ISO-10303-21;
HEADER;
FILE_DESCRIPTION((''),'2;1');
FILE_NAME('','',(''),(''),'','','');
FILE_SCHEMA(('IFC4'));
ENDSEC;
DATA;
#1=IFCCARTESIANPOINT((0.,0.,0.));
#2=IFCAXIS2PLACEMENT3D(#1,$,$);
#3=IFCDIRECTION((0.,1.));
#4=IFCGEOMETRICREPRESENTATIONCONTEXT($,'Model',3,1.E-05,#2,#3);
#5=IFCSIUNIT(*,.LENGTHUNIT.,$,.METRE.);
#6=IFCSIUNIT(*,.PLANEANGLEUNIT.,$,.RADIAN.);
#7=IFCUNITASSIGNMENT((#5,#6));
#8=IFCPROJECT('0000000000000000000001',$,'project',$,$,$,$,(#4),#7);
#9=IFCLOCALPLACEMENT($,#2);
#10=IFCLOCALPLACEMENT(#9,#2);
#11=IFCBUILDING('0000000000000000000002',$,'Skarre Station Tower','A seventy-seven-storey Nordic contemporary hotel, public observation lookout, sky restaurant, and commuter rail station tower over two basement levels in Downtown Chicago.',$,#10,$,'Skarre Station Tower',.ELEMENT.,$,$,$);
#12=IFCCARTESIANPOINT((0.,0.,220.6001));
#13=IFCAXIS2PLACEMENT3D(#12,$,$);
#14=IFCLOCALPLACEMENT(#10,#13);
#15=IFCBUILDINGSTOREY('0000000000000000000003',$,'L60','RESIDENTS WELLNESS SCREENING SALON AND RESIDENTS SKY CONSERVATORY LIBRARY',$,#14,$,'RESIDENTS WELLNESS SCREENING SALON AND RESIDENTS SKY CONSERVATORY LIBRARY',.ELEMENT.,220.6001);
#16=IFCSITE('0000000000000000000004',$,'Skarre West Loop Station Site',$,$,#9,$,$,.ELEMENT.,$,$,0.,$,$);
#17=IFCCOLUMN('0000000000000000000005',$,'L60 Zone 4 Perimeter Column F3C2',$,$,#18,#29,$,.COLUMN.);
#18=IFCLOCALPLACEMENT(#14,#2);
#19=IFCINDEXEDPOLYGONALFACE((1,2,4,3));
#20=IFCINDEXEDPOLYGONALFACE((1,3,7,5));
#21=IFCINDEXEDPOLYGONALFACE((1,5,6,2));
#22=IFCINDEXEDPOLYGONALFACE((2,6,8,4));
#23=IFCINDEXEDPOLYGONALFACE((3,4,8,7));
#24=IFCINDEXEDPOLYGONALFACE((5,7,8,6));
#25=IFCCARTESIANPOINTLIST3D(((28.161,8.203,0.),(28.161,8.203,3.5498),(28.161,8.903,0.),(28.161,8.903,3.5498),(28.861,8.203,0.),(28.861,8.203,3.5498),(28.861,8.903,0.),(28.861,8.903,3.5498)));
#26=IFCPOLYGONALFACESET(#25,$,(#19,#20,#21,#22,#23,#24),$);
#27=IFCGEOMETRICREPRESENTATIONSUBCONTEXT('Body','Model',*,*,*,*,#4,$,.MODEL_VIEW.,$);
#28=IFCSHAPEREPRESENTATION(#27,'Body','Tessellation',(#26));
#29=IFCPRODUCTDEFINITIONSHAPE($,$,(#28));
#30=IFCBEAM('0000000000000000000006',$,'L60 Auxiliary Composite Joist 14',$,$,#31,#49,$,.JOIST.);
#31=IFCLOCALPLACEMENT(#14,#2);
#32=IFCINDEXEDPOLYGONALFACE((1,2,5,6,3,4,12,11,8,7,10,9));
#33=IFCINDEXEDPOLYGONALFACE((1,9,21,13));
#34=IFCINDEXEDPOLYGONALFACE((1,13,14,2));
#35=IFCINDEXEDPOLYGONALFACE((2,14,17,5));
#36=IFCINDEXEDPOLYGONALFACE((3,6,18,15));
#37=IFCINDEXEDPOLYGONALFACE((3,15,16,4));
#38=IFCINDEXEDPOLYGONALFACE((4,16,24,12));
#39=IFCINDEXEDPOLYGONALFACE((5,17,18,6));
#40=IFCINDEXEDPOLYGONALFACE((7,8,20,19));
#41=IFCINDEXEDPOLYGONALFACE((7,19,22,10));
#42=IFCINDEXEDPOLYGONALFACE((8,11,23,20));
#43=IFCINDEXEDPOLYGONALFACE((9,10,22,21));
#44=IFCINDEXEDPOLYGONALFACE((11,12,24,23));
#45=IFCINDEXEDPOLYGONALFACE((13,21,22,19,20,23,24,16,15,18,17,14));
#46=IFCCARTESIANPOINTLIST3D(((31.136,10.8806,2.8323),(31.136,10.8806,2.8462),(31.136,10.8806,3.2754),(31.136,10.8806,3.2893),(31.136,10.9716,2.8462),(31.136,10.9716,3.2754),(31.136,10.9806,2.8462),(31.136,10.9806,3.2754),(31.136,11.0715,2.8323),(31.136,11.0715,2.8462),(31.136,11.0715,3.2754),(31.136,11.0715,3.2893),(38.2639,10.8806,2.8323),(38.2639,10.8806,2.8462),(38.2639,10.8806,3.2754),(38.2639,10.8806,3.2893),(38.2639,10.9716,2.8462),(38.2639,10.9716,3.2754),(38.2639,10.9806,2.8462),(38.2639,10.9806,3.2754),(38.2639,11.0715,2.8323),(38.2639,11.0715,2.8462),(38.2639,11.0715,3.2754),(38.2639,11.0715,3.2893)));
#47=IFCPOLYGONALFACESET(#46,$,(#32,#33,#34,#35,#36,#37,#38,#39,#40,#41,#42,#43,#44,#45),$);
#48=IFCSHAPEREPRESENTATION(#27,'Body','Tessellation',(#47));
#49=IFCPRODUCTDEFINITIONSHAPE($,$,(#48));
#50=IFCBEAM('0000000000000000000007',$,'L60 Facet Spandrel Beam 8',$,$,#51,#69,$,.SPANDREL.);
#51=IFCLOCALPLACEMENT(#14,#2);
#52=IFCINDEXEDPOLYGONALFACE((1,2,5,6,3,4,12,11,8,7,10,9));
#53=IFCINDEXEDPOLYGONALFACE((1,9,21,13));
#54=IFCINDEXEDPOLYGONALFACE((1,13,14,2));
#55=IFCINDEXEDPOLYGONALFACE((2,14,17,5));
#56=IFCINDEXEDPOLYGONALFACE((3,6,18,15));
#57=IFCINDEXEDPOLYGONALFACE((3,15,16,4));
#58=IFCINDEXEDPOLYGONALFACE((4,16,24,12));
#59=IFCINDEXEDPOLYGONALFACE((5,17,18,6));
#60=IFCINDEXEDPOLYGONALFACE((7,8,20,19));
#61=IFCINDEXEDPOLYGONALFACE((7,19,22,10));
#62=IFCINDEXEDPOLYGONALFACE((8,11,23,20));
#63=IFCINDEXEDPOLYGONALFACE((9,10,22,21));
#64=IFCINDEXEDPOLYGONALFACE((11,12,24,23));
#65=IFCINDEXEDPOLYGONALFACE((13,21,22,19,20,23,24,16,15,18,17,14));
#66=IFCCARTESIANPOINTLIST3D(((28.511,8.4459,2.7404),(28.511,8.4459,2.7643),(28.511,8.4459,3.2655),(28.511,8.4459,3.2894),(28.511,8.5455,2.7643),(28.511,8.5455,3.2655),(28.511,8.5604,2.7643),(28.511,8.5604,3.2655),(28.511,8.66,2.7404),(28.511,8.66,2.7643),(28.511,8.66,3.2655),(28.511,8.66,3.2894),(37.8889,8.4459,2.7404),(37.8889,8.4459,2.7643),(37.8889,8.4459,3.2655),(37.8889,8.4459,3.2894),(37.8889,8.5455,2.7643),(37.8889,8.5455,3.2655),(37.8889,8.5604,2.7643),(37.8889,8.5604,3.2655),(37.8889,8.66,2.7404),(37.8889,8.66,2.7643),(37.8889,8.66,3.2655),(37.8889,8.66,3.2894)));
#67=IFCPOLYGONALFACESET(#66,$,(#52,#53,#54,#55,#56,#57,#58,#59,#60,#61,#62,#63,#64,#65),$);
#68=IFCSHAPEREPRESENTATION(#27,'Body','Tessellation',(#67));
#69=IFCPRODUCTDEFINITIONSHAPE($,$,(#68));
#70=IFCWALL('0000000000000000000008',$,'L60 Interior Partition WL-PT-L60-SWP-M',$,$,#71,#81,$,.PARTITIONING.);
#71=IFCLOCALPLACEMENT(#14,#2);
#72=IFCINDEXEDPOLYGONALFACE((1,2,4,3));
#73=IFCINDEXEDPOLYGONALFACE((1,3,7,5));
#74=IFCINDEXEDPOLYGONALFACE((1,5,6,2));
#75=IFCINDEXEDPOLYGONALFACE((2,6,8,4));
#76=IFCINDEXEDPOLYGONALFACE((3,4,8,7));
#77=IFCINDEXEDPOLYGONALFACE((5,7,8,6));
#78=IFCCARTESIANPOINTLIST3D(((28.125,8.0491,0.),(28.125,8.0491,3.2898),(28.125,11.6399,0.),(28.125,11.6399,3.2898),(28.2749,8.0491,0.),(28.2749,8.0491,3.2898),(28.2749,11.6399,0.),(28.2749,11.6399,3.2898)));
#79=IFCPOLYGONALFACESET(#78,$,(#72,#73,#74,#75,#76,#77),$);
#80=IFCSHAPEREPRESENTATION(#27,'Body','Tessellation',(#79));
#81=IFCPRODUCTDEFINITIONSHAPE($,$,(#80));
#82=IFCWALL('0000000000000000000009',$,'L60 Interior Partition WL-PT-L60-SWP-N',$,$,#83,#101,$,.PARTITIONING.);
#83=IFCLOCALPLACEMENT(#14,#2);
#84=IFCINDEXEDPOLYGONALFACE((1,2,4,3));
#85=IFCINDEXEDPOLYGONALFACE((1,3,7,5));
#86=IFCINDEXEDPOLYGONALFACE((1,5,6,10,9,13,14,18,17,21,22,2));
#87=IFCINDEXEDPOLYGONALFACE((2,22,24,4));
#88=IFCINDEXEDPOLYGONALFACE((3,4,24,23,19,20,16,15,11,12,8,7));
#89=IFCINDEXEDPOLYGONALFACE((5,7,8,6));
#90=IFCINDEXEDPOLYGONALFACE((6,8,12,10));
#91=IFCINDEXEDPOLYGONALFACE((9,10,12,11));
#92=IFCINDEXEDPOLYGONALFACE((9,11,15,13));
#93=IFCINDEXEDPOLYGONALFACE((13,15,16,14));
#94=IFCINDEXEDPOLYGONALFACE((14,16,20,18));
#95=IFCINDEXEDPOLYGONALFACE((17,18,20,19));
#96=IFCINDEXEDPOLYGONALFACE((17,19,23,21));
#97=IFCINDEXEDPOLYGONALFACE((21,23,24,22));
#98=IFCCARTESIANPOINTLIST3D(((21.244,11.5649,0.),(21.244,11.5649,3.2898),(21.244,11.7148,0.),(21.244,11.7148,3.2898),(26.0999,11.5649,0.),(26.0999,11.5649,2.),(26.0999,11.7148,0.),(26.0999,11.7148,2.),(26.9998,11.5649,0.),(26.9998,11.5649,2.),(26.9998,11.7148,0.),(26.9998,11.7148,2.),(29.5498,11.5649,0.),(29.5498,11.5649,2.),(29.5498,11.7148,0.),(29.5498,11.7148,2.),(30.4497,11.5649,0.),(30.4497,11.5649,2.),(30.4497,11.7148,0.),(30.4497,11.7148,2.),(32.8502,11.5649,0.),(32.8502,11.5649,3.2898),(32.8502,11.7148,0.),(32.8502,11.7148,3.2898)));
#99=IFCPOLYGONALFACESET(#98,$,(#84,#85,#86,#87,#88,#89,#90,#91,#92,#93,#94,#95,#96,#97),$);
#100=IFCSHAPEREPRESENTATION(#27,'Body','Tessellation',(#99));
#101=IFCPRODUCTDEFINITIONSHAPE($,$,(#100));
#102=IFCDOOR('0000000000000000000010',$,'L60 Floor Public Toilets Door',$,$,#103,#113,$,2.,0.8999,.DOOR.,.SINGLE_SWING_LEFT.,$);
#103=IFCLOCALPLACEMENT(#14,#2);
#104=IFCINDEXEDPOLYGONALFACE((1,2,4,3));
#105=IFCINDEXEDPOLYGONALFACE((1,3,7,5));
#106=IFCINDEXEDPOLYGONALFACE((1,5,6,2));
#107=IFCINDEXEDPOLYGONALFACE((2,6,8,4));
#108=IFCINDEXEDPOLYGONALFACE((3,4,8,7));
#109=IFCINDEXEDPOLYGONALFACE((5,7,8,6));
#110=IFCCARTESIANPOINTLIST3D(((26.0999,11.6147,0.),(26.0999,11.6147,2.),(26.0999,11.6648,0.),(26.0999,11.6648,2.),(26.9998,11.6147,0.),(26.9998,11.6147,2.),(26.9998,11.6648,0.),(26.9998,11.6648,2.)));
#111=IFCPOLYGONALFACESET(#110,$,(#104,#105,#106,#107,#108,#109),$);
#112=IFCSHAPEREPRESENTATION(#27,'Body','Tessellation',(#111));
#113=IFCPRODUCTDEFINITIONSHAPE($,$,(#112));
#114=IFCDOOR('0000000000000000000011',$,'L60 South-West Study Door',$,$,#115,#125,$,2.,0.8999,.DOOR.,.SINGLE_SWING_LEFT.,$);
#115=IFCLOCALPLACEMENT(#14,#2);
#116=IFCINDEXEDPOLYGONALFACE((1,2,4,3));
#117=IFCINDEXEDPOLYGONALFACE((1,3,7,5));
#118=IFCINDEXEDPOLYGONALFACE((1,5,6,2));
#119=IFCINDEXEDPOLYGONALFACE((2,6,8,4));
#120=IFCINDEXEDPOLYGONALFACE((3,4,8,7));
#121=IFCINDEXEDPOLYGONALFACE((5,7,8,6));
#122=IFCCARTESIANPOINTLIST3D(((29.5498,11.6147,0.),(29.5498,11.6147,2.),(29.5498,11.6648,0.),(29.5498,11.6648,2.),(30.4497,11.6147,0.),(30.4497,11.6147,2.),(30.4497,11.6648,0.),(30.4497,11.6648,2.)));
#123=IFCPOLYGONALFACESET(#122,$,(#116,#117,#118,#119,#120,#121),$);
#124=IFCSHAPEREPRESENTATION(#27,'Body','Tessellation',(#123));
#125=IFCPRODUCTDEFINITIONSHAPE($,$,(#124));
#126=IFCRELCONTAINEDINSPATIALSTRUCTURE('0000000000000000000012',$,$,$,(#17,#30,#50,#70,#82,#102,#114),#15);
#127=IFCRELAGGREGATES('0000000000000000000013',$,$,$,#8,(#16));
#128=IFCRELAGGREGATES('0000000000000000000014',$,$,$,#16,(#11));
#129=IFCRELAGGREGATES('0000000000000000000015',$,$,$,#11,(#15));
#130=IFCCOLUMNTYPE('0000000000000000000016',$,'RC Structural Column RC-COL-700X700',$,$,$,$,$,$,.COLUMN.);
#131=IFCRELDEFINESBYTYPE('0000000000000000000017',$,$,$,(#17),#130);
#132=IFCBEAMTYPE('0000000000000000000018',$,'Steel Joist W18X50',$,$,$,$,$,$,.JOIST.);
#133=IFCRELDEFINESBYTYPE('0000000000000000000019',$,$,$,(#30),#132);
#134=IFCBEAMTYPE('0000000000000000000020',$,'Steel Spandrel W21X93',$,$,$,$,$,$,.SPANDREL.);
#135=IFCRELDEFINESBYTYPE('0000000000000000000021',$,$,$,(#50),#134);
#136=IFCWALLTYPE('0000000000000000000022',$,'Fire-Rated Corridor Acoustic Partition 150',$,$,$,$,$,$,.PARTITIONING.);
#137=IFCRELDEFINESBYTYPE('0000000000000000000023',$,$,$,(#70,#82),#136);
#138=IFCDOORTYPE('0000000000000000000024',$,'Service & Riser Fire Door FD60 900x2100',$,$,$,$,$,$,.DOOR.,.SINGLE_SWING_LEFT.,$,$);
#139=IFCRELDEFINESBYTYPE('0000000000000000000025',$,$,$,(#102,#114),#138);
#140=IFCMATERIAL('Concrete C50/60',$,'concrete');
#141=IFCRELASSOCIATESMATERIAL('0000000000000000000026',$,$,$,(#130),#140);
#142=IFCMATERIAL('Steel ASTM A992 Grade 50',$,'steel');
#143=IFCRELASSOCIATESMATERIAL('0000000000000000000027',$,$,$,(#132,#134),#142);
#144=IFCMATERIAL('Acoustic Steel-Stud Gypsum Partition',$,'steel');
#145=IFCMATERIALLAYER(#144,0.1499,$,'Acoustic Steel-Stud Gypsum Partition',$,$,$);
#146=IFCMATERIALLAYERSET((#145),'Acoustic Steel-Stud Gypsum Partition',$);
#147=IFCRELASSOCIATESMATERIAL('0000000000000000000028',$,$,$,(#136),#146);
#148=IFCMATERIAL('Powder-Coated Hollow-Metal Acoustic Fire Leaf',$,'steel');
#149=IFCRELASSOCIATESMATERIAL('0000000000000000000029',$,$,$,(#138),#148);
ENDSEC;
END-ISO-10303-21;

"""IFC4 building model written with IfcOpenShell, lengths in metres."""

from ifc_helpers import new_model, si_unit, direction, frame, frame_2d, origin, origin_2d, place, context, subcontext, project, spatial, rectangle, i_section, extrude, material, layer, layer_set, material_profile, profile_set, type_object, element, fill, save


model = new_model("IFC4")

# Units and contexts
model_context = context("Model", 3, precision=1e-05, world=origin(), true_north=direction((0.0, 1.0)))
body_context = subcontext(model_context, "Body", "Model", "MODEL_VIEW")
ifc_project = project(units=[si_unit("LENGTHUNIT", "METRE"), si_unit("PLANEANGLEUNIT", "RADIAN")], contexts=[model_context])

# Site, building, storey
site_placement = place(None, origin())
site = spatial("IfcSite", under=ifc_project, at=site_placement, Name="Skarre West Loop Station Site", CompositionType="ELEMENT", RefElevation=0.0)
building_placement = place(site_placement, origin())
building = spatial("IfcBuilding", under=site, at=building_placement, Name="Skarre Station Tower", Description="A seventy-seven-storey Nordic contemporary hotel, public observation lookout, sky restaurant, and commuter rail station tower over two basement levels in Downtown Chicago.", LongName="Skarre Station Tower", CompositionType="ELEMENT")
storey_placement = place(building_placement, frame((0.0, 0.0, 220.6001)))
storey = spatial("IfcBuildingStorey", under=building, at=storey_placement, Name="L60", Description="RESIDENTS WELLNESS SCREENING SALON AND RESIDENTS SKY CONSERVATORY LIBRARY", LongName="RESIDENTS WELLNESS SCREENING SALON AND RESIDENTS SKY CONSERVATORY LIBRARY", CompositionType="ELEMENT", Elevation=220.6001)

# Column
ifc_material_1 = material(Name="Concrete C50/60", Category="concrete")
ifc_material_profile_1 = material_profile(ifc_material_1, rectangle(XDim=0.7, YDim=0.7, at=origin_2d()), Name="Concrete C50/60")
ifc_profile_set_1 = profile_set([ifc_material_profile_1], Name="Concrete C50/60")
column_type = type_object("IfcColumnType", Name="RC Structural Column RC-COL-700X700", PredefinedType="COLUMN", material=ifc_profile_set_1)
column_placement = place(storey_placement, frame((28.511, 8.553, 0.0), z_axis=(0.0, 0.0, 1.0), x_axis=(1.0, 0.0, 0.0)))
element("IfcColumn", 1, at=column_placement, inside=storey, type_object=column_type, Name="L60 Zone 4 Perimeter Column F3C2", PredefinedType="COLUMN", context=body_context, shape_type="SweptSolid", body=[
    extrude(rectangle(XDim=0.7, YDim=0.7, at=origin_2d()), origin(), (0.0, 0.0, 1.0), 3.5498),
])

# Beams
ifc_material_2 = material(Name="Steel ASTM A992 Grade 50", Category="steel")
ifc_material_profile_2 = material_profile(ifc_material_2, i_section(OverallWidth=0.1909, OverallDepth=0.457, WebThickness=0.009, FlangeThickness=0.0139, at=origin_2d()), Name="Steel ASTM A992 Grade 50")
ifc_profile_set_2 = profile_set([ifc_material_profile_2], Name="Steel ASTM A992 Grade 50")
beam_type_1 = type_object("IfcBeamType", Name="Steel Joist W18X50", PredefinedType="JOIST", material=ifc_profile_set_2)
beam_1_placement = place(storey_placement, frame((31.136, 10.9761, 3.0608), z_axis=(1.0, 0.0, 0.0), x_axis=(0.0, 1.0, 0.0)))
element("IfcBeam", 2, at=beam_1_placement, inside=storey, type_object=beam_type_1, Name="L60 Auxiliary Composite Joist 14", PredefinedType="JOIST", context=body_context, shape_type="SweptSolid", body=[
    extrude(i_section(OverallWidth=0.1909, OverallDepth=0.457, WebThickness=0.009, FlangeThickness=0.0139, at=origin_2d()), origin(), (0.0, 0.0, 1.0), 7.1279),
])
ifc_material_profile_3 = material_profile(ifc_material_2, i_section(OverallWidth=0.2141, OverallDepth=0.5491, WebThickness=0.0149, FlangeThickness=0.0239, at=origin_2d()), Name="Steel ASTM A992 Grade 50")
ifc_profile_set_3 = profile_set([ifc_material_profile_3], Name="Steel ASTM A992 Grade 50")
beam_type_2 = type_object("IfcBeamType", Name="Steel Spandrel W21X93", PredefinedType="SPANDREL", material=ifc_profile_set_3)
beam_2_placement = place(storey_placement, frame((28.511, 8.553, 3.0149), z_axis=(1.0, 0.0, 0.0), x_axis=(0.0, 1.0, 0.0)))
element("IfcBeam", 3, at=beam_2_placement, inside=storey, type_object=beam_type_2, Name="L60 Facet Spandrel Beam 8", PredefinedType="SPANDREL", context=body_context, shape_type="SweptSolid", body=[
    extrude(i_section(OverallWidth=0.2141, OverallDepth=0.5491, WebThickness=0.0149, FlangeThickness=0.0239, at=origin_2d()), origin(), (0.0, 0.0, 1.0), 9.3779),
])

# Wall
ifc_material_3 = material(Name="Acoustic Steel-Stud Gypsum Partition", Category="steel")
ifc_layer_1 = layer(ifc_material_3, 0.1499, Name="Acoustic Steel-Stud Gypsum Partition")
ifc_layer_set_1 = layer_set([ifc_layer_1], Name="Acoustic Steel-Stud Gypsum Partition")
wall_type_1 = type_object("IfcWallType", Name="Fire-Rated Corridor Acoustic Partition 150", PredefinedType="PARTITIONING", material=ifc_layer_set_1)
wall_1_placement = place(storey_placement, frame((28.2, 8.0491, 0.0), z_axis=(0.0, 0.0, 1.0), x_axis=(0.0, 1.0, 0.0)))
element("IfcWall", 4, at=wall_1_placement, inside=storey, type_object=wall_type_1, Name="L60 Interior Partition WL-PT-L60-SWP-M", PredefinedType="PARTITIONING", context=body_context, shape_type="SweptSolid", body=[
    extrude(rectangle(XDim=3.5908, YDim=0.1499, at=frame_2d((1.7954, 0.0))), origin(), (0.0, 0.0, 1.0), 3.2898),
])

# Wall, openings, doors
wall_2_placement = place(storey_placement, frame((21.2439, 11.6399, 0.0), z_axis=(0.0, 0.0, 1.0), x_axis=(1.0, 0.0, 0.0)))
wall_2 = element("IfcWall", 5, at=wall_2_placement, inside=storey, type_object=wall_type_1, Name="L60 Interior Partition WL-PT-L60-SWP-N", PredefinedType="PARTITIONING", context=body_context, shape_type="SweptSolid", body=[
    extrude(rectangle(XDim=11.6062, YDim=0.1499, at=frame_2d((5.8032, 0.0))), origin(), (0.0, 0.0, 1.0), 3.2898),
])
opening_1_placement = place(wall_2_placement, frame((4.856, 0.0, 0.0)))
opening_1 = element("IfcOpeningElement", 6, at=opening_1_placement, cuts=wall_2, PredefinedType="OPENING", context=body_context, shape_type="SweptSolid", body=[
    extrude(rectangle(XDim=0.8999, YDim=2.0, at=frame_2d((0.45, 1.0))), frame((0.0, 0.085, 0.0), z_axis=(0.0, -1.0, 0.0), x_axis=(1.0, 0.0, 0.0)), (0.0, 0.0, 1.0), 0.1699),
])
opening_2_placement = place(wall_2_placement, frame((8.3059, 0.0, 0.0)))
opening_2 = element("IfcOpeningElement", 7, at=opening_2_placement, cuts=wall_2, PredefinedType="OPENING", context=body_context, shape_type="SweptSolid", body=[
    extrude(rectangle(XDim=0.8999, YDim=2.0, at=frame_2d((0.45, 1.0))), frame((0.0, 0.085, 0.0), z_axis=(0.0, -1.0, 0.0), x_axis=(1.0, 0.0, 0.0)), (0.0, 0.0, 1.0), 0.1699),
])
ifc_material_4 = material(Name="Powder-Coated Hollow-Metal Acoustic Fire Leaf", Category="steel")
door_type = type_object("IfcDoorType", Name="Service & Riser Fire Door FD60 900x2100", OperationType="SINGLE_SWING_LEFT", PredefinedType="DOOR", material=ifc_material_4)
door_1_placement = place(opening_1_placement, origin())
door_1 = element("IfcDoor", 8, at=door_1_placement, inside=storey, type_object=door_type, Name="L60 Floor Public Toilets Door", OperationType="SINGLE_SWING_LEFT", OverallHeight=2.0, OverallWidth=0.8999, PredefinedType="DOOR", context=body_context, shape_type="SweptSolid", body=[
    extrude(rectangle(XDim=0.8999, YDim=2.0, at=frame_2d((0.45, 1.0))), frame((0.0, 0.0249, 0.0), z_axis=(0.0, -1.0, 0.0), x_axis=(1.0, 0.0, 0.0)), (0.0, 0.0, 1.0), 0.05),
])
fill(opening_1, door_1)
door_2_placement = place(opening_2_placement, origin())
door_2 = element("IfcDoor", 9, at=door_2_placement, inside=storey, type_object=door_type, Name="L60 South-West Study Door", OperationType="SINGLE_SWING_LEFT", OverallHeight=2.0, OverallWidth=0.8999, PredefinedType="DOOR", context=body_context, shape_type="SweptSolid", body=[
    extrude(rectangle(XDim=0.8999, YDim=2.0, at=frame_2d((0.45, 1.0))), frame((0.0, 0.0249, 0.0), z_axis=(0.0, -1.0, 0.0), x_axis=(1.0, 0.0, 0.0)), (0.0, 0.0, 1.0), 0.05),
])
fill(opening_2, door_2)

save(model, "model.ifc")
